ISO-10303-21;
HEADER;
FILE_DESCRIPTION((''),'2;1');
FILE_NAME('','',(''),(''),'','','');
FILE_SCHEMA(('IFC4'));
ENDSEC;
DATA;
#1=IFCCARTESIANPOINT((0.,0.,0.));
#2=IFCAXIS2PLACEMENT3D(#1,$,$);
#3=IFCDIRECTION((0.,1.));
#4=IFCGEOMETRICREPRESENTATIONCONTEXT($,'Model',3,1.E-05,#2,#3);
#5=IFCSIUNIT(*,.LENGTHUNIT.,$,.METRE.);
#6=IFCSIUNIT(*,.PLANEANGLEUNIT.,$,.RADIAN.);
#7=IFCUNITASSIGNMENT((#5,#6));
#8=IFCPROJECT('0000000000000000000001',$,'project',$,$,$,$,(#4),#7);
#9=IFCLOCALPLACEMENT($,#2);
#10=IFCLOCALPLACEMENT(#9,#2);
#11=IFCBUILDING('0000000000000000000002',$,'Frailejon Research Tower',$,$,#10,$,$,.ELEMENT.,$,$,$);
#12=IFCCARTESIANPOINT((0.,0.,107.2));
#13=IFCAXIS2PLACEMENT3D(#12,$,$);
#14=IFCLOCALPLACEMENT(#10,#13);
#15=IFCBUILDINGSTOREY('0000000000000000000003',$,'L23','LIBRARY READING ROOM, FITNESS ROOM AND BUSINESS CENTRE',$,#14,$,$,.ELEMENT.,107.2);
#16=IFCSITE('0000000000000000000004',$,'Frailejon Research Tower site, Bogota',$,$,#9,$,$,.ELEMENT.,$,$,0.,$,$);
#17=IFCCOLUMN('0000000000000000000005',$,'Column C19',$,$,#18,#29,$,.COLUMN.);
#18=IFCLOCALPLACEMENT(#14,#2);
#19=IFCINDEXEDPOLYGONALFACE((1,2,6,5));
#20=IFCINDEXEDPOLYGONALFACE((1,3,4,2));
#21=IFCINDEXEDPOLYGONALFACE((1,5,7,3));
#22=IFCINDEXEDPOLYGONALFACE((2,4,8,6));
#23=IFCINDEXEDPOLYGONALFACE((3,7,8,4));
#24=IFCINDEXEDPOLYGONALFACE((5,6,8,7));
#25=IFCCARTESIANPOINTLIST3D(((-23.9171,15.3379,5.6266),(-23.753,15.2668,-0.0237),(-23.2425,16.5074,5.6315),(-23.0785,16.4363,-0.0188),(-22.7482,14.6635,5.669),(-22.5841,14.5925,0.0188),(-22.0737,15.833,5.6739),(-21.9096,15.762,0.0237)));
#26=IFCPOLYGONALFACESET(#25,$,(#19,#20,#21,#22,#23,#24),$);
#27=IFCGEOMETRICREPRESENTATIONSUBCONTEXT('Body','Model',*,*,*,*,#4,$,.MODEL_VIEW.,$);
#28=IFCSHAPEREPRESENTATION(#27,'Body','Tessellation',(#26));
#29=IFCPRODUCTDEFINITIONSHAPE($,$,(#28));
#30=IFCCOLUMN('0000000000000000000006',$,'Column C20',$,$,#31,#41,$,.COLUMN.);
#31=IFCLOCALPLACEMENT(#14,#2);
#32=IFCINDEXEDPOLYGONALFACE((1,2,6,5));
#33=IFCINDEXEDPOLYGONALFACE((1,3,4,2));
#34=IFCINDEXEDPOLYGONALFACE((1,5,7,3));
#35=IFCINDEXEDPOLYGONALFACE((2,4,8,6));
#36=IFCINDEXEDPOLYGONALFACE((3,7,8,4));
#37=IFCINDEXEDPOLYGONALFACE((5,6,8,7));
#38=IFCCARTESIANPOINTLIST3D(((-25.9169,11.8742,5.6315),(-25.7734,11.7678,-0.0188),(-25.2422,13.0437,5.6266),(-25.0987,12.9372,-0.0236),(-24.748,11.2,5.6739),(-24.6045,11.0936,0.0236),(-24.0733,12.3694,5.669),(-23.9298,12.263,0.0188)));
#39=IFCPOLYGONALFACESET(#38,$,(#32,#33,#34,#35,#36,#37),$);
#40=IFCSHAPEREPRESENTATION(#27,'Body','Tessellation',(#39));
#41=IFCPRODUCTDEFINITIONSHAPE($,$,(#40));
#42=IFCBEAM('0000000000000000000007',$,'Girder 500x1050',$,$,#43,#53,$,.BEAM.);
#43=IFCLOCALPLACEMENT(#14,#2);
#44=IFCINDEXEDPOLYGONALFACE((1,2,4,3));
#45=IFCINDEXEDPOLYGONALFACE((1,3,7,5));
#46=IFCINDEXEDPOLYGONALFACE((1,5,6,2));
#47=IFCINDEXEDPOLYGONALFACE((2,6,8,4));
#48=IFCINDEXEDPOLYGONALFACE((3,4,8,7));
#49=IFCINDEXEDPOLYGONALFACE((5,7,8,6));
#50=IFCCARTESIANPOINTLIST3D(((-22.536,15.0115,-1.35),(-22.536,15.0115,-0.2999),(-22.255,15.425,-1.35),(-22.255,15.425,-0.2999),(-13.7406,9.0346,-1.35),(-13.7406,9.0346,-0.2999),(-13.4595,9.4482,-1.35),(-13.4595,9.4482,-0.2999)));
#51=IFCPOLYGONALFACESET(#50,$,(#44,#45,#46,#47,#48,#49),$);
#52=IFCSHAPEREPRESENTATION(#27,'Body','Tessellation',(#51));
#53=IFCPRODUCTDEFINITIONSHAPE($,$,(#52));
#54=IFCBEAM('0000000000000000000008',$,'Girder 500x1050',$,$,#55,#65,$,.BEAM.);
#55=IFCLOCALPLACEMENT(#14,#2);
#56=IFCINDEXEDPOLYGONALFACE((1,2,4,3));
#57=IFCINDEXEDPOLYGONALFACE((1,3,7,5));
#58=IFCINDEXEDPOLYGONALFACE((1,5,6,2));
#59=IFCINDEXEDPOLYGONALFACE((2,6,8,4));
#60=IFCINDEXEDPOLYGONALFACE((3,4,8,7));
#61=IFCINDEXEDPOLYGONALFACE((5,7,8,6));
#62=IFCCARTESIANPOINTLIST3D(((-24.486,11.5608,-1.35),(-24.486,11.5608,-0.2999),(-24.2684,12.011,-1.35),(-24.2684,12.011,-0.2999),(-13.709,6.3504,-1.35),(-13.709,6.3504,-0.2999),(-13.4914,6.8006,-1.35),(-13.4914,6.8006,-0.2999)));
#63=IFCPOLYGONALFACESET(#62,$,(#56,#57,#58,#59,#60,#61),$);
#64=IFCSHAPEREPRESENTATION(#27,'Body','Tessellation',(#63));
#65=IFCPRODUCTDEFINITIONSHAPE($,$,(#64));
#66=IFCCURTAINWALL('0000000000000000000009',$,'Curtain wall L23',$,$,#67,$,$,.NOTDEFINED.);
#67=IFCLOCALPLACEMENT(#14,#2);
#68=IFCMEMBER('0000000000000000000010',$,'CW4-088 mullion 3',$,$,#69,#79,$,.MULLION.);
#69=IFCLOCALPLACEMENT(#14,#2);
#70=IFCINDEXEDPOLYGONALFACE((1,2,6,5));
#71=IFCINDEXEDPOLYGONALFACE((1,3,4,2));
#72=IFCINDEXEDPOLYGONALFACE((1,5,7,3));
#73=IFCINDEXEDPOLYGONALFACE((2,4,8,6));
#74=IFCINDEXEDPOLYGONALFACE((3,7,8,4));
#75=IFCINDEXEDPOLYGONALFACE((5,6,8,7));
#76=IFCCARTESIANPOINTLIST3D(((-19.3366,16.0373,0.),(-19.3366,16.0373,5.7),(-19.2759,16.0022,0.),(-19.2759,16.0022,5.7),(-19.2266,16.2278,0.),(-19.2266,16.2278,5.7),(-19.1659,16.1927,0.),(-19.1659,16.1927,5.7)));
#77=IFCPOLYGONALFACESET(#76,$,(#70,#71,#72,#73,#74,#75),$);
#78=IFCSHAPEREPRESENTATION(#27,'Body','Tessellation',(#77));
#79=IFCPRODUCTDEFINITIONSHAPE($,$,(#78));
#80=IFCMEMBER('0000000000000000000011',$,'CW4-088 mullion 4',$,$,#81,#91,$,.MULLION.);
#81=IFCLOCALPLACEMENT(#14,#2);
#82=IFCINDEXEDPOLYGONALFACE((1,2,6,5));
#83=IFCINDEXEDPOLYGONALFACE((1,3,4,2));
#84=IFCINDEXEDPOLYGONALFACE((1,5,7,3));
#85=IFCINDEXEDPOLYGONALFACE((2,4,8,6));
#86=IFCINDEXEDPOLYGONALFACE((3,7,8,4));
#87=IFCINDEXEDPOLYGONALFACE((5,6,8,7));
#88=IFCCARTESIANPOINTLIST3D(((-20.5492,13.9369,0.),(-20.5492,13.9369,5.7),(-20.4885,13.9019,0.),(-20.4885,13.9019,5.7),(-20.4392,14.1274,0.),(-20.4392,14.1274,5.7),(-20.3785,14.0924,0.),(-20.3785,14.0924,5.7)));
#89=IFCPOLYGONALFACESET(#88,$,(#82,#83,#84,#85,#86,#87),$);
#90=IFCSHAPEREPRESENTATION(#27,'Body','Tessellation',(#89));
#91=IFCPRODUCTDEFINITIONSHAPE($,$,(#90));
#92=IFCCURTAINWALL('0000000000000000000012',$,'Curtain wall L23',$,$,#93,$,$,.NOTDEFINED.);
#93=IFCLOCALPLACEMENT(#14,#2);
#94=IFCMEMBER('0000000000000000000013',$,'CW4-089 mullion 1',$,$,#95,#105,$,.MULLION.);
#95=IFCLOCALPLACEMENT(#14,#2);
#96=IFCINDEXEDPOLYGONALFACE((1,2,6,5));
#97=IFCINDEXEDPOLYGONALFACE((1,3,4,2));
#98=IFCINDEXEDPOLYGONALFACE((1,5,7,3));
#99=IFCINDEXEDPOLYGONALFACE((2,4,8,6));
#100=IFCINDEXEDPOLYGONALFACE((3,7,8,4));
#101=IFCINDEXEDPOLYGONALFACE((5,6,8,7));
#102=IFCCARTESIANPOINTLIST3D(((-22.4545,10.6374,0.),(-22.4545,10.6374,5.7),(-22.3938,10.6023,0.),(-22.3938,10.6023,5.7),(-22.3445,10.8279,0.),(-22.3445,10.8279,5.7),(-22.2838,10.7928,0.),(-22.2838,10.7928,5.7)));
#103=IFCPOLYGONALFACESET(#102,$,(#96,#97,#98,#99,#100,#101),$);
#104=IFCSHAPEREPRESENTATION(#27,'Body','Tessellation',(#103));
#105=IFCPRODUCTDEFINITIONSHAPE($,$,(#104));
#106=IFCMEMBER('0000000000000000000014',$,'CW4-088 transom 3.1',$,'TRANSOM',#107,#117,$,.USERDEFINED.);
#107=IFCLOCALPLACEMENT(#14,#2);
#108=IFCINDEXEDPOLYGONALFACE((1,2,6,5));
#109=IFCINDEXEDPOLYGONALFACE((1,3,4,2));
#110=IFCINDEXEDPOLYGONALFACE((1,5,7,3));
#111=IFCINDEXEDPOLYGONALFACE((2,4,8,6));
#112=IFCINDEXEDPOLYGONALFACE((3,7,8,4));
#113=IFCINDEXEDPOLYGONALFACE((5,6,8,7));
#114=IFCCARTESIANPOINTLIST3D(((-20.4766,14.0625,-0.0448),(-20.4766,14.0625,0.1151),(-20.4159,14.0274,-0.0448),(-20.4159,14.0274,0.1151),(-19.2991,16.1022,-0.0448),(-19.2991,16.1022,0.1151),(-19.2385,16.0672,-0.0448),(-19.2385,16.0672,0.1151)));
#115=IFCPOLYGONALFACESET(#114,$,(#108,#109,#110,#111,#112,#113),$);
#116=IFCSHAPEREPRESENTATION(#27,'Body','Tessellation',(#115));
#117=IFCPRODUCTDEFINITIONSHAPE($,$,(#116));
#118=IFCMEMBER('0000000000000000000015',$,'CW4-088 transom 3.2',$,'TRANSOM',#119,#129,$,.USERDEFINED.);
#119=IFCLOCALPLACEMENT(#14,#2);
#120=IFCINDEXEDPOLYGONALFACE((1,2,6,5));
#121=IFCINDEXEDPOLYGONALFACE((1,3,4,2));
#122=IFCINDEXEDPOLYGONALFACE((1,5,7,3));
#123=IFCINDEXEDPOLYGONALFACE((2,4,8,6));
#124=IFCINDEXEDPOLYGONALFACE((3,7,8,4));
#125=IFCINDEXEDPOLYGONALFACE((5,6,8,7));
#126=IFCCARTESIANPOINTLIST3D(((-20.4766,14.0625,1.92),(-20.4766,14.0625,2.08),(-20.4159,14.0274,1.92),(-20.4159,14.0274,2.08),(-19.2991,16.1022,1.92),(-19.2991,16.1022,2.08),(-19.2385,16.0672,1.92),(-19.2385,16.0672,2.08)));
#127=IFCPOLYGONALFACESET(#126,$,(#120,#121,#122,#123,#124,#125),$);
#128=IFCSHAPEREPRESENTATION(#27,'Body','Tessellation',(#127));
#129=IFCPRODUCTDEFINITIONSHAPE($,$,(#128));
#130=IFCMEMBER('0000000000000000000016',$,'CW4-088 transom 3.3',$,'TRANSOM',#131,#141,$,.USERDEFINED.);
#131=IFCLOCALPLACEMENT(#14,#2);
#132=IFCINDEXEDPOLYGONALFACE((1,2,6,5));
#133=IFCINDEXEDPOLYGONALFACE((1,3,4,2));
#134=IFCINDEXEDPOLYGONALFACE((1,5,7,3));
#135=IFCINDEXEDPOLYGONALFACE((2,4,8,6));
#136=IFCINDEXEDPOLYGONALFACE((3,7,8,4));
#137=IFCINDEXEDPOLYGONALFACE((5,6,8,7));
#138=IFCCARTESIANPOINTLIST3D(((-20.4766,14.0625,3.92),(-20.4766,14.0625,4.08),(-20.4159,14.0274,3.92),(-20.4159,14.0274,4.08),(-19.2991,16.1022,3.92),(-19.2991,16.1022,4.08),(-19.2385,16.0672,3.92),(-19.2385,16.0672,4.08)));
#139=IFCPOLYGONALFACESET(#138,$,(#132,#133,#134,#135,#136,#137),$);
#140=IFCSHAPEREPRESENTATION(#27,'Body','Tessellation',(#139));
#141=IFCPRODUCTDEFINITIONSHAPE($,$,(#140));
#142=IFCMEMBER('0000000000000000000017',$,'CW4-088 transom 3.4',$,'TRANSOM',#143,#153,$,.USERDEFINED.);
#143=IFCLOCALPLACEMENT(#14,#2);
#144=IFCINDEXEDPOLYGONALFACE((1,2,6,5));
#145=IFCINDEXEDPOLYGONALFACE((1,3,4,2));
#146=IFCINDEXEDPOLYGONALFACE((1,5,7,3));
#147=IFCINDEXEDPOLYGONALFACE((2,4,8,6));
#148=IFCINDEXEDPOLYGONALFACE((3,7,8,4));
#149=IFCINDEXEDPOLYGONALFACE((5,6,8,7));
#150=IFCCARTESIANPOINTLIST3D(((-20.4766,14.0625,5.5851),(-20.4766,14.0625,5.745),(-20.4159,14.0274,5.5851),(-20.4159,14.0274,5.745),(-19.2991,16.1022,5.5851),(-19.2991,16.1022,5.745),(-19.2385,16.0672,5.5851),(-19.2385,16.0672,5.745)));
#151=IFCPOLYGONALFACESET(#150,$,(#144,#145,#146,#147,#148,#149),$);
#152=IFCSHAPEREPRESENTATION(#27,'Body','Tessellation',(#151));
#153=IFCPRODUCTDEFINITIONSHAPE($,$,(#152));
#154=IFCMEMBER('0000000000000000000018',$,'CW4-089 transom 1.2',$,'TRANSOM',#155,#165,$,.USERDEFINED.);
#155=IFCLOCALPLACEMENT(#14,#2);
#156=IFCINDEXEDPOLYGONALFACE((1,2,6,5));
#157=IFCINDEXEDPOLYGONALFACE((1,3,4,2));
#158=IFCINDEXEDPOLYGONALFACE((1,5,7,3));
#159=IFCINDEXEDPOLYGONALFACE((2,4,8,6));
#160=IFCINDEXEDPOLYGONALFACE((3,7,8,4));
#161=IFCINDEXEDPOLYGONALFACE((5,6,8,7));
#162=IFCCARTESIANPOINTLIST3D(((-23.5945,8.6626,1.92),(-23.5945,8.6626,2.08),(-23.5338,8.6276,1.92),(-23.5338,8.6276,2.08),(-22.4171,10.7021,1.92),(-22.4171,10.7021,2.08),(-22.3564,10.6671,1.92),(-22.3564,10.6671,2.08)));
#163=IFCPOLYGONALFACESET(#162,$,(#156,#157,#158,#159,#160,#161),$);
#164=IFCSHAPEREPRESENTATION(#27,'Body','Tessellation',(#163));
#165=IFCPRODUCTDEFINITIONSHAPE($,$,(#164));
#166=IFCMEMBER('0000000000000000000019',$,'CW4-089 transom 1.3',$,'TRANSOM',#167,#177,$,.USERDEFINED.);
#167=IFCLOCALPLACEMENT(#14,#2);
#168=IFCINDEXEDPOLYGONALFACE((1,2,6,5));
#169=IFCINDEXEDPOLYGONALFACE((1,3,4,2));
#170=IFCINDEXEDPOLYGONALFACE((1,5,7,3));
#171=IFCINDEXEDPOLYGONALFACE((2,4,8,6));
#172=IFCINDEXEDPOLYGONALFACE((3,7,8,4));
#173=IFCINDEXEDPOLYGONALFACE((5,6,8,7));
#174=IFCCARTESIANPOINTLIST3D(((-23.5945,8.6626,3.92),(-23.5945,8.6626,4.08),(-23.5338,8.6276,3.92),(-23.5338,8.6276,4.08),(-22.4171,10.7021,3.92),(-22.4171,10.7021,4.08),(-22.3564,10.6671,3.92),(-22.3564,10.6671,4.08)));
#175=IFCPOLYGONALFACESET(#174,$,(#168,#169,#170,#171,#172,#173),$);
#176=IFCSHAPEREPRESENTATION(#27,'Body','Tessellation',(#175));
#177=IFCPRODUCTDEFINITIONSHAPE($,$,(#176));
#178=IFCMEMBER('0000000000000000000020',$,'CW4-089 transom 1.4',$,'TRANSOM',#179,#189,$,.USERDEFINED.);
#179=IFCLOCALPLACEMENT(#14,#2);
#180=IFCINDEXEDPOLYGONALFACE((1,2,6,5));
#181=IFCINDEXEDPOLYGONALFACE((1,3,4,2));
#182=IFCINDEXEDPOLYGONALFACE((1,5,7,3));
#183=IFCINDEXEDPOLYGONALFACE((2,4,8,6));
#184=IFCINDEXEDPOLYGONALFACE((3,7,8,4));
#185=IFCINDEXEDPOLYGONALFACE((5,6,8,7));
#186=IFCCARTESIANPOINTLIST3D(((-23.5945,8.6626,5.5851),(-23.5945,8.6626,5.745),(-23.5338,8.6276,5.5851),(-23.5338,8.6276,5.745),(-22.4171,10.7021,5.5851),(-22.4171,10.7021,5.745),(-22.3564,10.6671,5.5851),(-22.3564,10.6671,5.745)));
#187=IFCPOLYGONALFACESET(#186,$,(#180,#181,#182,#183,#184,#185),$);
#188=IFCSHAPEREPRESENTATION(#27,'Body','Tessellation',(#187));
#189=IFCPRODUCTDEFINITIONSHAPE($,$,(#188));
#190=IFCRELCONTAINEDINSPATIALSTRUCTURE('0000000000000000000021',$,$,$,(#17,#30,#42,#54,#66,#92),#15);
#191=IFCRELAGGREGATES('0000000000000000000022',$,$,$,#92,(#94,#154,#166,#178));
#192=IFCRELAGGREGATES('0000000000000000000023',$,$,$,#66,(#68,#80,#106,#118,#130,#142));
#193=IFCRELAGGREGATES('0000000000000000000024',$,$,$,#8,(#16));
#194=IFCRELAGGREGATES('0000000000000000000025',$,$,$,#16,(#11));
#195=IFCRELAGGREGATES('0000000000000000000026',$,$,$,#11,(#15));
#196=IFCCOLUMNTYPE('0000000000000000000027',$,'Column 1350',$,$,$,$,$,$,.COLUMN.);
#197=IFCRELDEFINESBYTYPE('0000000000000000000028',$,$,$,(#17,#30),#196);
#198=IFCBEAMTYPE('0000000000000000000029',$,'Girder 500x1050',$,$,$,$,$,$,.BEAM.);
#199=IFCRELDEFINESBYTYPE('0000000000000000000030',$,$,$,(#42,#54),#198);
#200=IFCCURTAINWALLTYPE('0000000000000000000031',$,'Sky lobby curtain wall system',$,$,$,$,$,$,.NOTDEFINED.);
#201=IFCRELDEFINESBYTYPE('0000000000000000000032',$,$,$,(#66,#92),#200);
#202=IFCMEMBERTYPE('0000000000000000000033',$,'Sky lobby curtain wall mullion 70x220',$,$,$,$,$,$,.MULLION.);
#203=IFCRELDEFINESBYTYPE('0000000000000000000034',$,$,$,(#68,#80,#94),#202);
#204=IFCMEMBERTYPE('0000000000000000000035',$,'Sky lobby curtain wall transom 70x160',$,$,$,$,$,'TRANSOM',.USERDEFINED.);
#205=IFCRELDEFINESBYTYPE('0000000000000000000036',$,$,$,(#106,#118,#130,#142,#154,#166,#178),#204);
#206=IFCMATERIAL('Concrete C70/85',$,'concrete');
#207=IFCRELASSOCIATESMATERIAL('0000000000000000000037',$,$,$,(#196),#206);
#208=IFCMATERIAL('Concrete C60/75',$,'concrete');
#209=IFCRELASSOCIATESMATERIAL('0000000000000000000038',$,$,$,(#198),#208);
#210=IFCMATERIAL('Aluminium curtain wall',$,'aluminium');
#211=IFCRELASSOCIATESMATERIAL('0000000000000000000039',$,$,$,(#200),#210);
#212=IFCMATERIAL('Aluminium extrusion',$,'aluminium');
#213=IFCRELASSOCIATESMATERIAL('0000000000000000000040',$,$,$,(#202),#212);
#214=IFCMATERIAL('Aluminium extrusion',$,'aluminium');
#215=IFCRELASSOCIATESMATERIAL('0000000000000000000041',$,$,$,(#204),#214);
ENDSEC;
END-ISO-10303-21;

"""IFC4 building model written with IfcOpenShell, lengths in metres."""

from ifc_helpers import new_model, si_unit, direction, frame, origin, origin_2d, place, context, subcontext, project, spatial, rectangle, extrude, material, material_profile, profile_set, type_object, element, aggregate, save


model = new_model("IFC4")

# Units and contexts
model_context = context("Model", 3, precision=1e-05, world=origin(), true_north=direction((0.0, 1.0)))
body_context = subcontext(model_context, "Body", "Model", "MODEL_VIEW")
ifc_project = project(units=[si_unit("LENGTHUNIT", "METRE"), si_unit("PLANEANGLEUNIT", "RADIAN")], contexts=[model_context])

# Site, building, storey
site_placement = place(None, origin())
site = spatial("IfcSite", under=ifc_project, at=site_placement, Name="Frailejon Research Tower site, Bogota", CompositionType="ELEMENT", RefElevation=0.0)
building_placement = place(site_placement, origin())
building = spatial("IfcBuilding", under=site, at=building_placement, Name="Frailejon Research Tower", CompositionType="ELEMENT")
storey_placement = place(building_placement, frame((0.0, 0.0, 107.2)))
storey = spatial("IfcBuildingStorey", under=building, at=storey_placement, Name="L23", Description="LIBRARY READING ROOM, FITNESS ROOM AND BUSINESS CENTRE", CompositionType="ELEMENT", Elevation=107.2)

# Columns
ifc_material_1 = material(Name="Concrete C70/85", Category="concrete")
ifc_material_profile_1 = material_profile(ifc_material_1, rectangle(XDim=1.3501, YDim=1.3501, at=origin_2d()), Name="Column 1350")
ifc_profile_set_1 = profile_set([ifc_material_profile_1], Name="Concrete C70/85")
column_type = type_object("IfcColumnType", Name="Column 1350", PredefinedType="COLUMN", material=ifc_profile_set_1)
for number, where, z_axis, x_axis, name in (
    (1, (-22.8313, 15.5144, 0.0), (-0.029022, 0.012568, 0.9995), (-0.499626, -0.866234, -0.003616), "Column C19"),
    (2, (-24.8516, 12.0154, 0.0), (-0.025395, 0.01883, 0.9995), (-0.499744, -0.866166, 0.003621), "Column C20"),
):
    element("IfcColumn", number, at=place(storey_placement, frame(where, z_axis=z_axis, x_axis=x_axis)), inside=storey, type_object=column_type, Name=name, PredefinedType="COLUMN", context=body_context, shape_type="SweptSolid", body=[
        extrude(rectangle(XDim=1.3501, YDim=1.3501, at=origin_2d()), origin(), (0.0, 0.0, 1.0), 5.6531),
    ])

# Beams
ifc_material_2 = material(Name="Concrete C60/75", Category="concrete")
ifc_material_profile_2 = material_profile(ifc_material_2, rectangle(XDim=0.5, YDim=1.05, at=origin_2d()), Name="Girder 500x1050")
ifc_profile_set_2 = profile_set([ifc_material_profile_2], Name="Concrete C60/75")
beam_type_1 = type_object("IfcBeamType", Name="Girder 500x1050", PredefinedType="BEAM", material=ifc_profile_set_2)
beam_1_placement = place(storey_placement, frame((-22.3955, 15.2183, -0.825), z_axis=(0.827105, -0.562048, 0.0), x_axis=(0.562048, 0.827105, 0.0)))
element("IfcBeam", 3, at=beam_1_placement, inside=storey, type_object=beam_type_1, Name="Girder 500x1050", PredefinedType="BEAM", context=body_context, shape_type="SweptSolid", body=[
    extrude(rectangle(XDim=0.5, YDim=1.05, at=origin_2d()), origin(), (0.0, 0.0, 1.0), 10.634),
])
beam_2_placement = place(storey_placement, frame((-24.3772, 11.7859, -0.825), z_axis=(0.900299, -0.435271, 0.0), x_axis=(0.435271, 0.900299, 0.0)))
element("IfcBeam", 4, at=beam_2_placement, inside=storey, type_object=beam_type_1, Name="Girder 500x1050", PredefinedType="BEAM", context=body_context, shape_type="SweptSolid", body=[
    extrude(rectangle(XDim=0.5, YDim=1.05, at=origin_2d()), origin(), (0.0, 0.0, 1.0), 11.9705),
])

# Curtain wall, members
ifc_material_3 = material(Name="Aluminium curtain wall", Category="aluminium")
curtain_wall_type = type_object("IfcCurtainWallType", Name="Sky lobby curtain wall system", PredefinedType="NOTDEFINED", material=ifc_material_3)
curtain_wall_1_placement = place(storey_placement, origin())
curtain_wall_1 = element("IfcCurtainWall", 5, at=curtain_wall_1_placement, inside=storey, type_object=curtain_wall_type, Name="Curtain wall L23", PredefinedType="NOTDEFINED")
ifc_material_4 = material(Name="Aluminium extrusion", Category="aluminium")
ifc_material_profile_3 = material_profile(ifc_material_4, rectangle(XDim=0.0701, YDim=0.22, at=origin_2d()), Name="Sky lobby curtain wall mullion 70x220")
ifc_profile_set_3 = profile_set([ifc_material_profile_3], Name="Aluminium extrusion")
member_type_1 = type_object("IfcMemberType", Name="Sky lobby curtain wall mullion 70x220", PredefinedType="MULLION", material=ifc_profile_set_3)
member_1_placement = place(storey_placement, frame((-19.2512, 16.115, 0.0), z_axis=(0.0, 0.0, 1.0), x_axis=(0.866028, -0.499995, 0.0)))
member_1 = element("IfcMember", 6, at=member_1_placement, type_object=member_type_1, Name="CW4-088 mullion 3", PredefinedType="MULLION", context=body_context, shape_type="SweptSolid", body=[
    extrude(rectangle(XDim=0.0701, YDim=0.22, at=origin_2d()), origin(), (0.0, 0.0, 1.0), 5.7),
])
member_2_placement = place(storey_placement, frame((-20.4639, 14.0146, 0.0), z_axis=(0.0, 0.0, 1.0), x_axis=(0.866028, -0.499995, 0.0)))
member_2 = element("IfcMember", 7, at=member_2_placement, type_object=member_type_1, Name="CW4-088 mullion 4", PredefinedType="MULLION", context=body_context, shape_type="SweptSolid", body=[
    extrude(rectangle(XDim=0.0701, YDim=0.22, at=origin_2d()), origin(), (0.0, 0.0, 1.0), 5.7),
])

# Curtain wall, member
curtain_wall_2_placement = place(storey_placement, origin())
curtain_wall_2 = element("IfcCurtainWall", 8, at=curtain_wall_2_placement, inside=storey, type_object=curtain_wall_type, Name="Curtain wall L23", PredefinedType="NOTDEFINED")
member_3_placement = place(storey_placement, frame((-22.3691, 10.7151, 0.0), z_axis=(0.0, 0.0, 1.0), x_axis=(0.866028, -0.499995, 0.0)))
member_3 = element("IfcMember", 9, at=member_3_placement, type_object=member_type_1, Name="CW4-089 mullion 1", PredefinedType="MULLION", context=body_context, shape_type="SweptSolid", body=[
    extrude(rectangle(XDim=0.0701, YDim=0.22, at=origin_2d()), origin(), (0.0, 0.0, 1.0), 5.7),
])

# Members
ifc_material_5 = material(Name="Aluminium extrusion", Category="aluminium")
ifc_material_profile_4 = material_profile(ifc_material_5, rectangle(XDim=0.0701, YDim=0.1599, at=origin_2d()), Name="Sky lobby curtain wall transom 70x160")
ifc_profile_set_4 = profile_set([ifc_material_profile_4], Name="Aluminium extrusion")
member_type_2 = type_object("IfcMemberType", Name="Sky lobby curtain wall transom 70x160", ElementType="TRANSOM", PredefinedType="USERDEFINED", material=ifc_profile_set_4)
member_4_placement = place(storey_placement, frame((-19.2688, 16.0847, 0.0352), z_axis=(-0.499941, -0.86606, 0.0), x_axis=(0.86606, -0.499941, 0.0)))
member_4 = element("IfcMember", 10, at=member_4_placement, type_object=member_type_2, Name="CW4-088 transom 3.1", ObjectType="TRANSOM", PredefinedType="USERDEFINED", context=body_context, shape_type="SweptSolid", body=[
    extrude(rectangle(XDim=0.0701, YDim=0.1599, at=origin_2d()), origin(), (0.0, 0.0, 1.0), 2.3552),
])
member_5_placement = place(storey_placement, frame((-19.2688, 16.0847, 2.0), z_axis=(-0.499941, -0.86606, 0.0), x_axis=(0.86606, -0.499941, 0.0)))
member_5 = element("IfcMember", 11, at=member_5_placement, type_object=member_type_2, Name="CW4-088 transom 3.2", ObjectType="TRANSOM", PredefinedType="USERDEFINED", context=body_context, shape_type="SweptSolid", body=[
    extrude(rectangle(XDim=0.0701, YDim=0.1599, at=origin_2d()), origin(), (0.0, 0.0, 1.0), 2.3552),
])
member_6_placement = place(storey_placement, frame((-19.2688, 16.0847, 4.0), z_axis=(-0.499941, -0.86606, 0.0), x_axis=(0.86606, -0.499941, 0.0)))
member_6 = element("IfcMember", 12, at=member_6_placement, type_object=member_type_2, Name="CW4-088 transom 3.3", ObjectType="TRANSOM", PredefinedType="USERDEFINED", context=body_context, shape_type="SweptSolid", body=[
    extrude(rectangle(XDim=0.0701, YDim=0.1599, at=origin_2d()), origin(), (0.0, 0.0, 1.0), 2.3552),
])
member_7_placement = place(storey_placement, frame((-19.2688, 16.0847, 5.665), z_axis=(-0.499941, -0.86606, 0.0), x_axis=(0.86606, -0.499941, 0.0)))
member_7 = element("IfcMember", 13, at=member_7_placement, type_object=member_type_2, Name="CW4-088 transom 3.4", ObjectType="TRANSOM", PredefinedType="USERDEFINED", context=body_context, shape_type="SweptSolid", body=[
    extrude(rectangle(XDim=0.0701, YDim=0.1599, at=origin_2d()), origin(), (0.0, 0.0, 1.0), 2.3552),
])
member_8_placement = place(storey_placement, frame((-22.3867, 10.6846, 2.0), z_axis=(-0.499986, -0.866034, 0.0), x_axis=(0.866034, -0.499986, 0.0)))
member_8 = element("IfcMember", 14, at=member_8_placement, type_object=member_type_2, Name="CW4-089 transom 1.2", ObjectType="TRANSOM", PredefinedType="USERDEFINED", context=body_context, shape_type="SweptSolid", body=[
    extrude(rectangle(XDim=0.0701, YDim=0.1599, at=origin_2d()), origin(), (0.0, 0.0, 1.0), 2.355),
])
member_9_placement = place(storey_placement, frame((-22.3867, 10.6846, 4.0), z_axis=(-0.499986, -0.866034, 0.0), x_axis=(0.866034, -0.499986, 0.0)))
member_9 = element("IfcMember", 15, at=member_9_placement, type_object=member_type_2, Name="CW4-089 transom 1.3", ObjectType="TRANSOM", PredefinedType="USERDEFINED", context=body_context, shape_type="SweptSolid", body=[
    extrude(rectangle(XDim=0.0701, YDim=0.1599, at=origin_2d()), origin(), (0.0, 0.0, 1.0), 2.355),
])
member_10_placement = place(storey_placement, frame((-22.3867, 10.6846, 5.665), z_axis=(-0.499986, -0.866034, 0.0), x_axis=(0.866034, -0.499986, 0.0)))
member_10 = element("IfcMember", 16, at=member_10_placement, type_object=member_type_2, Name="CW4-089 transom 1.4", ObjectType="TRANSOM", PredefinedType="USERDEFINED", context=body_context, shape_type="SweptSolid", body=[
    extrude(rectangle(XDim=0.0701, YDim=0.1599, at=origin_2d()), origin(), (0.0, 0.0, 1.0), 2.355),
])
aggregate(curtain_wall_2, [member_3, member_8, member_9, member_10])

aggregate(curtain_wall_1, [member_1, member_2, member_4, member_5, member_6, member_7])

save(model, "model.ifc")
